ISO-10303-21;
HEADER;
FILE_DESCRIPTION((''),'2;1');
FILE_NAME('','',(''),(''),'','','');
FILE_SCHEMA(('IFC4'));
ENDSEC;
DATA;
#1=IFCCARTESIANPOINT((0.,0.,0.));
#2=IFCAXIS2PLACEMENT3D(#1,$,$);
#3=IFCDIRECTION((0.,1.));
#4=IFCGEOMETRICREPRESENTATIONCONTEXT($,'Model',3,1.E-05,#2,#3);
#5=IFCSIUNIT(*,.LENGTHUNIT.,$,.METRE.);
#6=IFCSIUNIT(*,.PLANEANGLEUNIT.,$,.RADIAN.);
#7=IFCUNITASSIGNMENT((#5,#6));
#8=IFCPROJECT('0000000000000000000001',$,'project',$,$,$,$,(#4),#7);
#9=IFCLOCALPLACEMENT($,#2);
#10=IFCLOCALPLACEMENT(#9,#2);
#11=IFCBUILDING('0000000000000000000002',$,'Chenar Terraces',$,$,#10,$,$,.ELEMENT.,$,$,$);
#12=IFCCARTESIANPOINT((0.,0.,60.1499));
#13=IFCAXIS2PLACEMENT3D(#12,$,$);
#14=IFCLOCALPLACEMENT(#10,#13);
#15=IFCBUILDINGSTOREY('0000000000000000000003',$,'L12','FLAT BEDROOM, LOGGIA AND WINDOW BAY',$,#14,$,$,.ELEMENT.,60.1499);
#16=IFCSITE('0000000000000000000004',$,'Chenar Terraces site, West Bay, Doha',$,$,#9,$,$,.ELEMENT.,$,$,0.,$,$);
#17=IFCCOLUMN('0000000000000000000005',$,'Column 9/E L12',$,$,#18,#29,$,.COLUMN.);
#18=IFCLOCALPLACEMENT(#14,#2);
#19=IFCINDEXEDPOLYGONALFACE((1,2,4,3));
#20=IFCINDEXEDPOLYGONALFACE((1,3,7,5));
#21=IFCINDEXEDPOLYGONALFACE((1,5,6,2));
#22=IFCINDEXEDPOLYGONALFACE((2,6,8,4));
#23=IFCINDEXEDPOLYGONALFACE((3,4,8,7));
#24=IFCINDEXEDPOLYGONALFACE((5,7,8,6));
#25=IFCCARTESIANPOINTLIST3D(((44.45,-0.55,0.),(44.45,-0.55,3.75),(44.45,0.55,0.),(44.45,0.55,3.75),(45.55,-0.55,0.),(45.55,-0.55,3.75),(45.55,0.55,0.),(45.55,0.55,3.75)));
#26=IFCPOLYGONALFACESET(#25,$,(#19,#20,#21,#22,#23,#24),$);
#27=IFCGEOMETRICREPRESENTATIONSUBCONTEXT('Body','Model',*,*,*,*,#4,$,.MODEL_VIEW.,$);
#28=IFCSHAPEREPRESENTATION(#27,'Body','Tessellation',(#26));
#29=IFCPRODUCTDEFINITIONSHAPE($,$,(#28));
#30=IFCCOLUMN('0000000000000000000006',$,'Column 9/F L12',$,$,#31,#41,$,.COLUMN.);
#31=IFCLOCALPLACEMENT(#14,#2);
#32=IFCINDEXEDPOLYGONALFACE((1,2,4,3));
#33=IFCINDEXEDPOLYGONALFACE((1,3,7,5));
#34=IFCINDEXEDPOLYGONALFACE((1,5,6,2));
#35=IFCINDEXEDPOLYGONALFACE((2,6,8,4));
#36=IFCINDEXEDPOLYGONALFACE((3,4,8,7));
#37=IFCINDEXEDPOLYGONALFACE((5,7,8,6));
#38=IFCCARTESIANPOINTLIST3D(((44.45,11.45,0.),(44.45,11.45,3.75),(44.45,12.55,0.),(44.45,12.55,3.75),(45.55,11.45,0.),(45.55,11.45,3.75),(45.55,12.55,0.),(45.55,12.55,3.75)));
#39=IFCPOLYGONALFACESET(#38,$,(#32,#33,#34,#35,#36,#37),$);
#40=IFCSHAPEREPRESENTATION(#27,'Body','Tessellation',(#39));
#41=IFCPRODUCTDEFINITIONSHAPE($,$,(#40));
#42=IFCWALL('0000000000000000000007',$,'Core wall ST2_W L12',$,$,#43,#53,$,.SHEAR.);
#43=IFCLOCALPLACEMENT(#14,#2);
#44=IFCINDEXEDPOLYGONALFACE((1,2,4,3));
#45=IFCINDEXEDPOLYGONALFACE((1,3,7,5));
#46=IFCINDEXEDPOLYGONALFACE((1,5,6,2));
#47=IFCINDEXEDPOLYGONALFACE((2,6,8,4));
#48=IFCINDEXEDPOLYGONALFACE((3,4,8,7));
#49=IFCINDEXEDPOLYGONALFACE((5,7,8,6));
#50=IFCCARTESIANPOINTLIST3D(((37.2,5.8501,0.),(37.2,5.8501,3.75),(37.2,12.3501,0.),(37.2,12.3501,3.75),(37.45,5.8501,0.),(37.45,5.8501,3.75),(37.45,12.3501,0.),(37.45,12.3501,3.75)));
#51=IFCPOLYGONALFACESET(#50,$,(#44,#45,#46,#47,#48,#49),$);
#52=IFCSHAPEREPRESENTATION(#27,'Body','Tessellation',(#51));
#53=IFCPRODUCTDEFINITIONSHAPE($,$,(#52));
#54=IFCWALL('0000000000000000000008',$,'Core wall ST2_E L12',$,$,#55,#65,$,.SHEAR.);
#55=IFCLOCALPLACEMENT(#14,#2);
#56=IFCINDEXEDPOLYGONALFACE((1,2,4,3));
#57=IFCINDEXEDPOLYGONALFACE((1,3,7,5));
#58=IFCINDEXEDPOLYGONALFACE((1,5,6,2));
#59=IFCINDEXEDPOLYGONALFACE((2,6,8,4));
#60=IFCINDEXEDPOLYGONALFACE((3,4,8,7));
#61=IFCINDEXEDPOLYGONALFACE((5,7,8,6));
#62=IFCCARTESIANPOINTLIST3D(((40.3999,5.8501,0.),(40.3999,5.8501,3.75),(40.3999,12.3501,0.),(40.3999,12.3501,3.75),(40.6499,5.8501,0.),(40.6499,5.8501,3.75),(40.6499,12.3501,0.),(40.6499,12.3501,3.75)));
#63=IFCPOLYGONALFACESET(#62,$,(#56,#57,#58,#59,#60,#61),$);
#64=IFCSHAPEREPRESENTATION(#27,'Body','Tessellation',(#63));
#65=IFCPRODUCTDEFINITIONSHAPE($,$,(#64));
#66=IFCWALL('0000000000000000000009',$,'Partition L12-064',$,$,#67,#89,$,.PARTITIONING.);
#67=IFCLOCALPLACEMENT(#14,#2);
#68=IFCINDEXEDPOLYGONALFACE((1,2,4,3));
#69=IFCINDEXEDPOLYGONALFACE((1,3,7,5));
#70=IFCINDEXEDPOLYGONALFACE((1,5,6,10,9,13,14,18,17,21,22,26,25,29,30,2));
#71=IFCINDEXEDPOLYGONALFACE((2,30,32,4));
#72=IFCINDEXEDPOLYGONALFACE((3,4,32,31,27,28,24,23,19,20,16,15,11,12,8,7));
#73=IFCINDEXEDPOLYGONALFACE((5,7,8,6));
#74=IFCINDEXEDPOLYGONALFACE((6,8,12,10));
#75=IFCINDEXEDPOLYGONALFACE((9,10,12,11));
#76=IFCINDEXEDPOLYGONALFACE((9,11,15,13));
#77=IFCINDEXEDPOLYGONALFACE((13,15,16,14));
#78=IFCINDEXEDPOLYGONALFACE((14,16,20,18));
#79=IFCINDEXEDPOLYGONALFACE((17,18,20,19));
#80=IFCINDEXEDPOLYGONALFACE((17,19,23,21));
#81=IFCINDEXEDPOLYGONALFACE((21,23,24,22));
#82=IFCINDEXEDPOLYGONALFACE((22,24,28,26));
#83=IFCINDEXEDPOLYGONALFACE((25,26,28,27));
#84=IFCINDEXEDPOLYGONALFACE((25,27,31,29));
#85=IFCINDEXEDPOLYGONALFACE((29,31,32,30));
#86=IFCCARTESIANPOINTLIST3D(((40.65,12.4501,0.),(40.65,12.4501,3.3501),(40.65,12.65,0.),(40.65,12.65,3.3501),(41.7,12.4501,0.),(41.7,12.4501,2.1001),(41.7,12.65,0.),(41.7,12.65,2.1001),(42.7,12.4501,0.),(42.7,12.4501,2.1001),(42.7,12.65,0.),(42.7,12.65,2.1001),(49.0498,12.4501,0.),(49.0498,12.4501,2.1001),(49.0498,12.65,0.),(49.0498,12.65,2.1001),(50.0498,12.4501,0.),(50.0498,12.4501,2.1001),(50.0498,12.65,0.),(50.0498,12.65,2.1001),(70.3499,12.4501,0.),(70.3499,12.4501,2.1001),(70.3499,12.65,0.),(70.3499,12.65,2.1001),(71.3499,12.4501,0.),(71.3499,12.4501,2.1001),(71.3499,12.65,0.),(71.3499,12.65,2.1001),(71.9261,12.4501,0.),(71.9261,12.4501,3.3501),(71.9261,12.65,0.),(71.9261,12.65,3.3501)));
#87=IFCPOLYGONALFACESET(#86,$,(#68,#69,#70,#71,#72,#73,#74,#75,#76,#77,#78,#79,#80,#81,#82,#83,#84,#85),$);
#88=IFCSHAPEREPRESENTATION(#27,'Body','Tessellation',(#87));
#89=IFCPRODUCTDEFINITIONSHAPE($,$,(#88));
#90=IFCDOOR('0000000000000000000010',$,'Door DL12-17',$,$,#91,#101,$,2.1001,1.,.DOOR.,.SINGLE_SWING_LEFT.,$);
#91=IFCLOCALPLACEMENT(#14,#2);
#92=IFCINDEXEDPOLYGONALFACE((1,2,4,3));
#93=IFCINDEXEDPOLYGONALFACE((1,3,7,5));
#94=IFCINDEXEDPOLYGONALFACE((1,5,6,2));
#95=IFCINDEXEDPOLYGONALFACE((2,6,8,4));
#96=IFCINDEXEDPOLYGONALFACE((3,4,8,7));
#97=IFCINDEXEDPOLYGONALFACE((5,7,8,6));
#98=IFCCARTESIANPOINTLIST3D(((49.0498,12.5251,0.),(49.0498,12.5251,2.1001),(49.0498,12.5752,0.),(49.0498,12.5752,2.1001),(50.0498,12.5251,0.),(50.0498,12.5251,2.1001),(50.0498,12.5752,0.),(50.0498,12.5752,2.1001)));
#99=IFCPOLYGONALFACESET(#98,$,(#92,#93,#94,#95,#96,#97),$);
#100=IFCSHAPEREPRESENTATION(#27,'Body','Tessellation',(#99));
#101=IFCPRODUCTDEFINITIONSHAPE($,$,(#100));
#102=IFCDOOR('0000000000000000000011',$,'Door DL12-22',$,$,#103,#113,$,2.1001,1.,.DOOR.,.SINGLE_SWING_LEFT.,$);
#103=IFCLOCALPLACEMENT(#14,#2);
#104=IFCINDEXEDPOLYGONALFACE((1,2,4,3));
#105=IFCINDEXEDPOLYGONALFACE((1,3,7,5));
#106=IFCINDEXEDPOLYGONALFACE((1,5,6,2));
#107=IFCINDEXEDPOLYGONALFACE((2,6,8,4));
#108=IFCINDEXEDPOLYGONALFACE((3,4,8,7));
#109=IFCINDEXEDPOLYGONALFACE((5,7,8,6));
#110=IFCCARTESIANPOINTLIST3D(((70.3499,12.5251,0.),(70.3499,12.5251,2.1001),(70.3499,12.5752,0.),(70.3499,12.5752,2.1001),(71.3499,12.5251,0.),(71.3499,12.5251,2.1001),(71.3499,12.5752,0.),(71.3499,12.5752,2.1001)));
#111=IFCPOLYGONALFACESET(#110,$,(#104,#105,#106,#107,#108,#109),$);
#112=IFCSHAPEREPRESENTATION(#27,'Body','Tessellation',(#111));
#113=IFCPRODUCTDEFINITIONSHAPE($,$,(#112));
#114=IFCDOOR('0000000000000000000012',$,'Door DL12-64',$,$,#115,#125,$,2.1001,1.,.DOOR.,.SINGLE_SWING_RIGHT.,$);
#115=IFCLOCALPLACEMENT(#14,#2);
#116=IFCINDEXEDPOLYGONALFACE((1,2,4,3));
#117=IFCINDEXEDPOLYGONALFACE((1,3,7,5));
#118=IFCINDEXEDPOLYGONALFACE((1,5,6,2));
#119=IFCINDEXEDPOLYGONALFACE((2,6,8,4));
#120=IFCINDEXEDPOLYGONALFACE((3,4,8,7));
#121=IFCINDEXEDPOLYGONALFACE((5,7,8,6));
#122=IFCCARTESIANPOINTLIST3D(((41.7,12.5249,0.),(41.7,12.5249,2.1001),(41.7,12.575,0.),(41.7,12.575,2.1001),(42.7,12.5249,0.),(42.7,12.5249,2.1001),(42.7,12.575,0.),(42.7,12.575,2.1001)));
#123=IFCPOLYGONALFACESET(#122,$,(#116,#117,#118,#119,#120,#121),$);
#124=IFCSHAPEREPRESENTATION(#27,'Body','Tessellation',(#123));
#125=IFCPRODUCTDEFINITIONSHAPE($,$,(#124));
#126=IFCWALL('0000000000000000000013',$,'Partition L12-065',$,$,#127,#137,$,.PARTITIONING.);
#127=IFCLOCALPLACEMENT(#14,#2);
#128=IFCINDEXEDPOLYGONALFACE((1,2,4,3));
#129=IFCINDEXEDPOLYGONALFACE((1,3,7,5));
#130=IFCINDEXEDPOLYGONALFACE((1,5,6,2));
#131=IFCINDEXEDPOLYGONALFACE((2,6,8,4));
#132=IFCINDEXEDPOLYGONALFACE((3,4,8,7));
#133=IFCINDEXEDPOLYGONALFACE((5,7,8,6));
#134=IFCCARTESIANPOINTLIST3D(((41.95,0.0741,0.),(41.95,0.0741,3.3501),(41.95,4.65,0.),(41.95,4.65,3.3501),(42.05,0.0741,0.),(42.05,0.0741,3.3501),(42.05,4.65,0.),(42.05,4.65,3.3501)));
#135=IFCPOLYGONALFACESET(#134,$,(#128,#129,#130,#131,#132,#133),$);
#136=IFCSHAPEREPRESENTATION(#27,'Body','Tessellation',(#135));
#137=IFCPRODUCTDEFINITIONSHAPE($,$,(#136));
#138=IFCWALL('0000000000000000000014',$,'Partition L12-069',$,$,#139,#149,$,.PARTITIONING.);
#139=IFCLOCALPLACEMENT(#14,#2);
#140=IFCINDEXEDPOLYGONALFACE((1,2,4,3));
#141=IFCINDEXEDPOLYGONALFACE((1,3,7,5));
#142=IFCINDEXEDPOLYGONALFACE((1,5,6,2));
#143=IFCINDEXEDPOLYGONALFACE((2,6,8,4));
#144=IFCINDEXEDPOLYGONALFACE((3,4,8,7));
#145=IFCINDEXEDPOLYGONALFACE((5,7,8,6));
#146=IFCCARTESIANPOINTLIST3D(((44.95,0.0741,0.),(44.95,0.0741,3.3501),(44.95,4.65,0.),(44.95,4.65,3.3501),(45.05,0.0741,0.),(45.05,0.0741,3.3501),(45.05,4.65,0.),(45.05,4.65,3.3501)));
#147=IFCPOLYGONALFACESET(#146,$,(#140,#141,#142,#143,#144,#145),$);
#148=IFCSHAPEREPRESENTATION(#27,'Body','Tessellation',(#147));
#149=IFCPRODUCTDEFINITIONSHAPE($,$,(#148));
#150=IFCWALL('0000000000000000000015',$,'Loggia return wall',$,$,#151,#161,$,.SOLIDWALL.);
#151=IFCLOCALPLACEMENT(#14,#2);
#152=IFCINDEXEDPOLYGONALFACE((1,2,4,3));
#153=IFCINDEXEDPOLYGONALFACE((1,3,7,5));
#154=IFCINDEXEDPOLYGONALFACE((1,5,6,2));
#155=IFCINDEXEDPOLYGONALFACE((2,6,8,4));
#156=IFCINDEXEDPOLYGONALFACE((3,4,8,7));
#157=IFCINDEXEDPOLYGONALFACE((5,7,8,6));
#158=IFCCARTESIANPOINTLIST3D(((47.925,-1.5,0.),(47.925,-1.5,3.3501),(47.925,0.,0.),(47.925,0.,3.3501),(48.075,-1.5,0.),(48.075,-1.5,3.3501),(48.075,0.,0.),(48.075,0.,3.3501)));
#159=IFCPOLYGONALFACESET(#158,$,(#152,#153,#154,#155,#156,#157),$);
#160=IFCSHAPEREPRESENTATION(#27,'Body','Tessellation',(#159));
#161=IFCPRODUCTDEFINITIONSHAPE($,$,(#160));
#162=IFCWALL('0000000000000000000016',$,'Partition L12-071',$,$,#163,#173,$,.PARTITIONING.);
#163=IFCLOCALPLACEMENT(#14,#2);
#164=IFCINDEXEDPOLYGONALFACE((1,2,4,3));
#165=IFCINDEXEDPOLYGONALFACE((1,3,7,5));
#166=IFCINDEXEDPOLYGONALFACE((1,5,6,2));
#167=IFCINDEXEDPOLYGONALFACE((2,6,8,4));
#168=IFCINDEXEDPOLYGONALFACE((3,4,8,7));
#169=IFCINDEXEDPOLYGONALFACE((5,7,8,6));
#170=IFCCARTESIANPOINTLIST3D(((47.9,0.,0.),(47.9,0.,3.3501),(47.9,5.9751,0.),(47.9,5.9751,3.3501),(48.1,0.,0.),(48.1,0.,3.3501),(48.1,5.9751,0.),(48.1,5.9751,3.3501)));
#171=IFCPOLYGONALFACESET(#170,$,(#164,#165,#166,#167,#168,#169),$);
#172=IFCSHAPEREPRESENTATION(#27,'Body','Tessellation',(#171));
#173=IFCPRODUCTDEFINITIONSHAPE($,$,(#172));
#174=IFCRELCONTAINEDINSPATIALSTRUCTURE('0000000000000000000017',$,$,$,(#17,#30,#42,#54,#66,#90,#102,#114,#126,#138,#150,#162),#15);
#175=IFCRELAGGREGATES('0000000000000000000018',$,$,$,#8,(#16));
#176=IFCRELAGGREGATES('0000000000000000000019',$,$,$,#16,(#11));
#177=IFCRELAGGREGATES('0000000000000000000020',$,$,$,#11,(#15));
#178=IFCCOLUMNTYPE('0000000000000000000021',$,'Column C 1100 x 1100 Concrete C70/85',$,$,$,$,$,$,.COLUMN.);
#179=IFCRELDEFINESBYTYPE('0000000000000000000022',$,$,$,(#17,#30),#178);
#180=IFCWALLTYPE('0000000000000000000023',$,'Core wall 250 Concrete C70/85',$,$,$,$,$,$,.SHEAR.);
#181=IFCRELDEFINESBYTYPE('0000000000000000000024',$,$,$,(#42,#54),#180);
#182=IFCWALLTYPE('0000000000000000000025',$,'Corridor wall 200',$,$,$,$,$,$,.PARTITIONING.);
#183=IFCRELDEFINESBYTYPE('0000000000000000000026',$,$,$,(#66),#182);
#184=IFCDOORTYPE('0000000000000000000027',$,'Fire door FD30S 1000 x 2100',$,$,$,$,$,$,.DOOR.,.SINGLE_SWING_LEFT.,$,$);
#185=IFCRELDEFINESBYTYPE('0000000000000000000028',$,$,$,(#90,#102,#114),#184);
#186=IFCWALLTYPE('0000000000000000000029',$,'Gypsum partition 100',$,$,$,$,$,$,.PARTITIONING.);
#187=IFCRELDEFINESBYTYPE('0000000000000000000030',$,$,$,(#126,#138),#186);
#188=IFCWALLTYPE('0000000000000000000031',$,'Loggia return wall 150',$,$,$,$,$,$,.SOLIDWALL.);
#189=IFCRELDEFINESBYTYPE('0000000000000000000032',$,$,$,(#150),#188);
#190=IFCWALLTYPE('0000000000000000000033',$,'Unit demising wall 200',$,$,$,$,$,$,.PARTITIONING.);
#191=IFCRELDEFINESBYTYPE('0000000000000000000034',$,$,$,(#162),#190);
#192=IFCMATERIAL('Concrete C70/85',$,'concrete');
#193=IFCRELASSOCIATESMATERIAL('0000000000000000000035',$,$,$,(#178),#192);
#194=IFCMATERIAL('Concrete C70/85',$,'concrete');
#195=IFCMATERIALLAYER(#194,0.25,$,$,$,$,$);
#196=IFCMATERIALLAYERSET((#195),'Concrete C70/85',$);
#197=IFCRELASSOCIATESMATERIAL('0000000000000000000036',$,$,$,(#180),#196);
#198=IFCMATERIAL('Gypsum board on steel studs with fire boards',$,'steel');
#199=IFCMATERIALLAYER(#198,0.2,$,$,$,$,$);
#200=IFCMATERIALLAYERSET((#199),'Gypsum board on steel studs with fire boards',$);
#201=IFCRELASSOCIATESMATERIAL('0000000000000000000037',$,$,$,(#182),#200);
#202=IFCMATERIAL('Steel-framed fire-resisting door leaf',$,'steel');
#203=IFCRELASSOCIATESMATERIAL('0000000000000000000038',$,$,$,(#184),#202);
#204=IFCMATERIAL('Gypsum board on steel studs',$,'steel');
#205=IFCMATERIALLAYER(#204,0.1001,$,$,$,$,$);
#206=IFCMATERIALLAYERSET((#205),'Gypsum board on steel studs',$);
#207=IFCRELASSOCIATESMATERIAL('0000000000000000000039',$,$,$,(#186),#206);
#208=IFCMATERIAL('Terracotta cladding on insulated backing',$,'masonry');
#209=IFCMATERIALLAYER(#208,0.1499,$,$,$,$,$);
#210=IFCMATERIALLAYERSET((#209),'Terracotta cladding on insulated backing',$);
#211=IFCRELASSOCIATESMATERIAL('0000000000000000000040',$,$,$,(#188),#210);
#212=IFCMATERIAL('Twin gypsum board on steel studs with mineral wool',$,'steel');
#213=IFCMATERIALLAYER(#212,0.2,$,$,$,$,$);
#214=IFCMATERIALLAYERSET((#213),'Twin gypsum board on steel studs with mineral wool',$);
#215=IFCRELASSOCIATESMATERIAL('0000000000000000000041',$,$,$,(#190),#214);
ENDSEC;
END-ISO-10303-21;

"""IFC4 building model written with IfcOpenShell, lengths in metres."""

from ifc_helpers import new_model, si_unit, direction, frame, frame_2d, origin, origin_2d, place, context, subcontext, project, spatial, rectangle, extrude, material, layer, layer_set, material_profile, profile_set, type_object, element, fill, save


model = new_model("IFC4")

# Units and contexts
model_context = context("Model", 3, precision=1e-05, world=origin(), true_north=direction((0.0, 1.0)))
body_context = subcontext(model_context, "Body", "Model", "MODEL_VIEW")
ifc_project = project(units=[si_unit("LENGTHUNIT", "METRE"), si_unit("PLANEANGLEUNIT", "RADIAN")], contexts=[model_context])

# Site, building, storey
site_placement = place(None, origin())
site = spatial("IfcSite", under=ifc_project, at=site_placement, Name="Chenar Terraces site, West Bay, Doha", CompositionType="ELEMENT", RefElevation=0.0)
building_placement = place(site_placement, origin())
building = spatial("IfcBuilding", under=site, at=building_placement, Name="Chenar Terraces", CompositionType="ELEMENT")
storey_placement = place(building_placement, frame((0.0, 0.0, 60.1499)))
storey = spatial("IfcBuildingStorey", under=building, at=storey_placement, Name="L12", Description="FLAT BEDROOM, LOGGIA AND WINDOW BAY", CompositionType="ELEMENT", Elevation=60.1499)

# Columns
ifc_material_1 = material(Name="Concrete C70/85", Category="concrete")
ifc_material_profile = material_profile(ifc_material_1, rectangle(XDim=1.1001, YDim=1.1001, at=origin_2d()), Name="C 1100 x 1100")
ifc_profile_set = profile_set([ifc_material_profile], Name="Concrete C70/85")
column_type = type_object("IfcColumnType", Name="Column C 1100 x 1100 Concrete C70/85", PredefinedType="COLUMN", material=ifc_profile_set)
for number, where, z_axis, x_axis, name in (
    (1, (45.0, 0.0, 0.0), (0.0, 0.0, 1.0), (1.0, 0.0, 0.0), "Column 9/E L12"),
    (2, (45.0, 12.0, 0.0), (0.0, 0.0, 1.0), (1.0, 0.0, 0.0), "Column 9/F L12"),
):
    element("IfcColumn", number, at=place(storey_placement, frame(where, z_axis=z_axis, x_axis=x_axis)), inside=storey, type_object=column_type, Name=name, PredefinedType="COLUMN", context=body_context, shape_type="SweptSolid", body=[
        extrude(rectangle(XDim=1.1001, YDim=1.1001, at=origin_2d()), origin(), (0.0, 0.0, 1.0), 3.75),
    ])

# Walls
ifc_material_2 = material(Name="Concrete C70/85", Category="concrete")
ifc_layer_1 = layer(ifc_material_2, 0.25)
ifc_layer_set_1 = layer_set([ifc_layer_1], Name="Concrete C70/85")
wall_type_1 = type_object("IfcWallType", Name="Core wall 250 Concrete C70/85", PredefinedType="SHEAR", material=ifc_layer_set_1)
for number, where, z_axis, x_axis, name in (
    (3, (37.325, 5.8501, 0.0), (0.0, 0.0, 1.0), (0.0, 1.0, 0.0), "Core wall ST2_W L12"),
    (4, (40.5249, 5.8501, 0.0), (0.0, 0.0, 1.0), (0.0, 1.0, 0.0), "Core wall ST2_E L12"),
):
    element("IfcWall", number, at=place(storey_placement, frame(where, z_axis=z_axis, x_axis=x_axis)), inside=storey, type_object=wall_type_1, Name=name, PredefinedType="SHEAR", context=body_context, shape_type="SweptSolid", body=[
        extrude(rectangle(XDim=6.5, YDim=0.25, at=frame_2d((3.25, 0.0))), origin(), (0.0, 0.0, 1.0), 3.75),
    ])

# Wall, openings, doors
ifc_material_3 = material(Name="Gypsum board on steel studs with fire boards", Category="steel")
ifc_layer_2 = layer(ifc_material_3, 0.2)
ifc_layer_set_2 = layer_set([ifc_layer_2], Name="Gypsum board on steel studs with fire boards")
wall_type_2 = type_object("IfcWallType", Name="Corridor wall 200", PredefinedType="PARTITIONING", material=ifc_layer_set_2)
wall_1_placement = place(storey_placement, frame((40.6499, 12.55, 0.0), z_axis=(0.0, 0.0, 1.0), x_axis=(1.0, 0.0, 0.0)))
wall_1 = element("IfcWall", 5, at=wall_1_placement, inside=storey, type_object=wall_type_2, Name="Partition L12-064", PredefinedType="PARTITIONING", context=body_context, shape_type="SweptSolid", body=[
    extrude(rectangle(XDim=31.2761, YDim=0.2, at=frame_2d((15.6382, 0.0))), origin(), (0.0, 0.0, 1.0), 3.3501),
])
opening_1_placement = place(wall_1_placement, frame((8.3999, 0.0, 0.0)))
opening_1 = element("IfcOpeningElement", 6, at=opening_1_placement, cuts=wall_1, PredefinedType="OPENING", context=body_context, shape_type="SweptSolid", body=[
    extrude(rectangle(XDim=1.0, YDim=2.1001, at=frame_2d((0.5, 1.05))), frame((0.0, 0.1099, 0.0), z_axis=(0.0, -1.0, 0.0), x_axis=(1.0, 0.0, 0.0)), (0.0, 0.0, 1.0), 0.22),
])
opening_2_placement = place(wall_1_placement, frame((29.7, 0.0, 0.0)))
opening_2 = element("IfcOpeningElement", 7, at=opening_2_placement, cuts=wall_1, PredefinedType="OPENING", context=body_context, shape_type="SweptSolid", body=[
    extrude(rectangle(XDim=1.0, YDim=2.1001, at=frame_2d((0.5, 1.05))), frame((0.0, 0.1099, 0.0), z_axis=(0.0, -1.0, 0.0), x_axis=(1.0, 0.0, 0.0)), (0.0, 0.0, 1.0), 0.22),
])
opening_3_placement = place(wall_1_placement, frame((1.05, 0.0, 0.0)))
opening_3 = element("IfcOpeningElement", 8, at=opening_3_placement, cuts=wall_1, PredefinedType="OPENING", context=body_context, shape_type="SweptSolid", body=[
    extrude(rectangle(XDim=1.0, YDim=2.1001, at=frame_2d((0.5, 1.05))), frame((0.0, 0.1099, 0.0), z_axis=(0.0, -1.0, 0.0), x_axis=(1.0, 0.0, 0.0)), (0.0, 0.0, 1.0), 0.22),
])
ifc_material_4 = material(Name="Steel-framed fire-resisting door leaf", Category="steel")
door_type_1 = type_object("IfcDoorType", Name="Fire door FD30S 1000 x 2100", OperationType="SINGLE_SWING_LEFT", PredefinedType="DOOR", material=ifc_material_4)
door_1_placement = place(opening_1_placement, frame((1.0, 0.0, 0.0), z_axis=(0.0, 0.0, 1.0), x_axis=(-1.0, 0.0, 0.0)))
door_1 = element("IfcDoor", 9, at=door_1_placement, inside=storey, type_object=door_type_1, Name="Door DL12-17", OperationType="SINGLE_SWING_LEFT", OverallHeight=2.1001, OverallWidth=1.0, PredefinedType="DOOR", context=body_context, shape_type="SweptSolid", body=[
    extrude(rectangle(XDim=1.0, YDim=2.1001, at=frame_2d((0.5, 1.05))), frame((0.0, 0.0249, 0.0), z_axis=(0.0, -1.0, 0.0), x_axis=(1.0, 0.0, 0.0)), (0.0, 0.0, 1.0), 0.05),
])
fill(opening_1, door_1)
door_2_placement = place(opening_2_placement, frame((1.0, 0.0, 0.0), z_axis=(0.0, 0.0, 1.0), x_axis=(-1.0, 0.0, 0.0)))
door_2 = element("IfcDoor", 10, at=door_2_placement, inside=storey, type_object=door_type_1, Name="Door DL12-22", OperationType="SINGLE_SWING_LEFT", OverallHeight=2.1001, OverallWidth=1.0, PredefinedType="DOOR", context=body_context, shape_type="SweptSolid", body=[
    extrude(rectangle(XDim=1.0, YDim=2.1001, at=frame_2d((0.5, 1.05))), frame((0.0, 0.0249, 0.0), z_axis=(0.0, -1.0, 0.0), x_axis=(1.0, 0.0, 0.0)), (0.0, 0.0, 1.0), 0.05),
])
fill(opening_2, door_2)
door_3_placement = place(opening_3_placement, origin())
door_3 = element("IfcDoor", 11, at=door_3_placement, inside=storey, type_object=door_type_1, Name="Door DL12-64", OperationType="SINGLE_SWING_RIGHT", OverallHeight=2.1001, OverallWidth=1.0, PredefinedType="DOOR", context=body_context, shape_type="SweptSolid", body=[
    extrude(rectangle(XDim=1.0, YDim=2.1001, at=frame_2d((0.5, 1.05))), frame((0.0, 0.0249, 0.0), z_axis=(0.0, -1.0, 0.0), x_axis=(1.0, 0.0, 0.0)), (0.0, 0.0, 1.0), 0.05),
])
fill(opening_3, door_3)

# Walls
ifc_material_5 = material(Name="Gypsum board on steel studs", Category="steel")
ifc_layer_3 = layer(ifc_material_5, 0.1001)
ifc_layer_set_3 = layer_set([ifc_layer_3], Name="Gypsum board on steel studs")
wall_type_3 = type_object("IfcWallType", Name="Gypsum partition 100", PredefinedType="PARTITIONING", material=ifc_layer_set_3)
for number, where, z_axis, x_axis, name in (
    (12, (42.0, 0.074, 0.0), (0.0, 0.0, 1.0), (0.0, 1.0, 0.0), "Partition L12-065"),
    (13, (45.0, 0.074, 0.0), (0.0, 0.0, 1.0), (0.0, 1.0, 0.0), "Partition L12-069"),
):
    element("IfcWall", number, at=place(storey_placement, frame(where, z_axis=z_axis, x_axis=x_axis)), inside=storey, type_object=wall_type_3, Name=name, PredefinedType="PARTITIONING", context=body_context, shape_type="SweptSolid", body=[
        extrude(rectangle(XDim=4.5759, YDim=0.1001, at=frame_2d((2.2881, 0.0))), origin(), (0.0, 0.0, 1.0), 3.3501),
    ])
ifc_material_6 = material(Name="Terracotta cladding on insulated backing", Category="masonry")
ifc_layer_4 = layer(ifc_material_6, 0.1499)
ifc_layer_set_4 = layer_set([ifc_layer_4], Name="Terracotta cladding on insulated backing")
wall_type_4 = type_object("IfcWallType", Name="Loggia return wall 150", PredefinedType="SOLIDWALL", material=ifc_layer_set_4)
wall_2_placement = place(storey_placement, frame((48.0, -1.5, 0.0), z_axis=(0.0, 0.0, 1.0), x_axis=(0.0, 1.0, 0.0)))
element("IfcWall", 14, at=wall_2_placement, inside=storey, type_object=wall_type_4, Name="Loggia return wall", PredefinedType="SOLIDWALL", context=body_context, shape_type="SweptSolid", body=[
    extrude(rectangle(XDim=1.5, YDim=0.1499, at=frame_2d((0.75, 0.0))), origin(), (0.0, 0.0, 1.0), 3.3501),
])
ifc_material_7 = material(Name="Twin gypsum board on steel studs with mineral wool", Category="steel")
ifc_layer_5 = layer(ifc_material_7, 0.2)
ifc_layer_set_5 = layer_set([ifc_layer_5], Name="Twin gypsum board on steel studs with mineral wool")
wall_type_5 = type_object("IfcWallType", Name="Unit demising wall 200", PredefinedType="PARTITIONING", material=ifc_layer_set_5)
wall_3_placement = place(storey_placement, frame((48.0, 0.0, 0.0), z_axis=(0.0, 0.0, 1.0), x_axis=(0.0, 1.0, 0.0)))
element("IfcWall", 15, at=wall_3_placement, inside=storey, type_object=wall_type_5, Name="Partition L12-071", PredefinedType="PARTITIONING", context=body_context, shape_type="SweptSolid", body=[
    extrude(rectangle(XDim=5.9751, YDim=0.2, at=frame_2d((2.9875, 0.0))), origin(), (0.0, 0.0, 1.0), 3.3501),
])

save(model, "model.ifc")
